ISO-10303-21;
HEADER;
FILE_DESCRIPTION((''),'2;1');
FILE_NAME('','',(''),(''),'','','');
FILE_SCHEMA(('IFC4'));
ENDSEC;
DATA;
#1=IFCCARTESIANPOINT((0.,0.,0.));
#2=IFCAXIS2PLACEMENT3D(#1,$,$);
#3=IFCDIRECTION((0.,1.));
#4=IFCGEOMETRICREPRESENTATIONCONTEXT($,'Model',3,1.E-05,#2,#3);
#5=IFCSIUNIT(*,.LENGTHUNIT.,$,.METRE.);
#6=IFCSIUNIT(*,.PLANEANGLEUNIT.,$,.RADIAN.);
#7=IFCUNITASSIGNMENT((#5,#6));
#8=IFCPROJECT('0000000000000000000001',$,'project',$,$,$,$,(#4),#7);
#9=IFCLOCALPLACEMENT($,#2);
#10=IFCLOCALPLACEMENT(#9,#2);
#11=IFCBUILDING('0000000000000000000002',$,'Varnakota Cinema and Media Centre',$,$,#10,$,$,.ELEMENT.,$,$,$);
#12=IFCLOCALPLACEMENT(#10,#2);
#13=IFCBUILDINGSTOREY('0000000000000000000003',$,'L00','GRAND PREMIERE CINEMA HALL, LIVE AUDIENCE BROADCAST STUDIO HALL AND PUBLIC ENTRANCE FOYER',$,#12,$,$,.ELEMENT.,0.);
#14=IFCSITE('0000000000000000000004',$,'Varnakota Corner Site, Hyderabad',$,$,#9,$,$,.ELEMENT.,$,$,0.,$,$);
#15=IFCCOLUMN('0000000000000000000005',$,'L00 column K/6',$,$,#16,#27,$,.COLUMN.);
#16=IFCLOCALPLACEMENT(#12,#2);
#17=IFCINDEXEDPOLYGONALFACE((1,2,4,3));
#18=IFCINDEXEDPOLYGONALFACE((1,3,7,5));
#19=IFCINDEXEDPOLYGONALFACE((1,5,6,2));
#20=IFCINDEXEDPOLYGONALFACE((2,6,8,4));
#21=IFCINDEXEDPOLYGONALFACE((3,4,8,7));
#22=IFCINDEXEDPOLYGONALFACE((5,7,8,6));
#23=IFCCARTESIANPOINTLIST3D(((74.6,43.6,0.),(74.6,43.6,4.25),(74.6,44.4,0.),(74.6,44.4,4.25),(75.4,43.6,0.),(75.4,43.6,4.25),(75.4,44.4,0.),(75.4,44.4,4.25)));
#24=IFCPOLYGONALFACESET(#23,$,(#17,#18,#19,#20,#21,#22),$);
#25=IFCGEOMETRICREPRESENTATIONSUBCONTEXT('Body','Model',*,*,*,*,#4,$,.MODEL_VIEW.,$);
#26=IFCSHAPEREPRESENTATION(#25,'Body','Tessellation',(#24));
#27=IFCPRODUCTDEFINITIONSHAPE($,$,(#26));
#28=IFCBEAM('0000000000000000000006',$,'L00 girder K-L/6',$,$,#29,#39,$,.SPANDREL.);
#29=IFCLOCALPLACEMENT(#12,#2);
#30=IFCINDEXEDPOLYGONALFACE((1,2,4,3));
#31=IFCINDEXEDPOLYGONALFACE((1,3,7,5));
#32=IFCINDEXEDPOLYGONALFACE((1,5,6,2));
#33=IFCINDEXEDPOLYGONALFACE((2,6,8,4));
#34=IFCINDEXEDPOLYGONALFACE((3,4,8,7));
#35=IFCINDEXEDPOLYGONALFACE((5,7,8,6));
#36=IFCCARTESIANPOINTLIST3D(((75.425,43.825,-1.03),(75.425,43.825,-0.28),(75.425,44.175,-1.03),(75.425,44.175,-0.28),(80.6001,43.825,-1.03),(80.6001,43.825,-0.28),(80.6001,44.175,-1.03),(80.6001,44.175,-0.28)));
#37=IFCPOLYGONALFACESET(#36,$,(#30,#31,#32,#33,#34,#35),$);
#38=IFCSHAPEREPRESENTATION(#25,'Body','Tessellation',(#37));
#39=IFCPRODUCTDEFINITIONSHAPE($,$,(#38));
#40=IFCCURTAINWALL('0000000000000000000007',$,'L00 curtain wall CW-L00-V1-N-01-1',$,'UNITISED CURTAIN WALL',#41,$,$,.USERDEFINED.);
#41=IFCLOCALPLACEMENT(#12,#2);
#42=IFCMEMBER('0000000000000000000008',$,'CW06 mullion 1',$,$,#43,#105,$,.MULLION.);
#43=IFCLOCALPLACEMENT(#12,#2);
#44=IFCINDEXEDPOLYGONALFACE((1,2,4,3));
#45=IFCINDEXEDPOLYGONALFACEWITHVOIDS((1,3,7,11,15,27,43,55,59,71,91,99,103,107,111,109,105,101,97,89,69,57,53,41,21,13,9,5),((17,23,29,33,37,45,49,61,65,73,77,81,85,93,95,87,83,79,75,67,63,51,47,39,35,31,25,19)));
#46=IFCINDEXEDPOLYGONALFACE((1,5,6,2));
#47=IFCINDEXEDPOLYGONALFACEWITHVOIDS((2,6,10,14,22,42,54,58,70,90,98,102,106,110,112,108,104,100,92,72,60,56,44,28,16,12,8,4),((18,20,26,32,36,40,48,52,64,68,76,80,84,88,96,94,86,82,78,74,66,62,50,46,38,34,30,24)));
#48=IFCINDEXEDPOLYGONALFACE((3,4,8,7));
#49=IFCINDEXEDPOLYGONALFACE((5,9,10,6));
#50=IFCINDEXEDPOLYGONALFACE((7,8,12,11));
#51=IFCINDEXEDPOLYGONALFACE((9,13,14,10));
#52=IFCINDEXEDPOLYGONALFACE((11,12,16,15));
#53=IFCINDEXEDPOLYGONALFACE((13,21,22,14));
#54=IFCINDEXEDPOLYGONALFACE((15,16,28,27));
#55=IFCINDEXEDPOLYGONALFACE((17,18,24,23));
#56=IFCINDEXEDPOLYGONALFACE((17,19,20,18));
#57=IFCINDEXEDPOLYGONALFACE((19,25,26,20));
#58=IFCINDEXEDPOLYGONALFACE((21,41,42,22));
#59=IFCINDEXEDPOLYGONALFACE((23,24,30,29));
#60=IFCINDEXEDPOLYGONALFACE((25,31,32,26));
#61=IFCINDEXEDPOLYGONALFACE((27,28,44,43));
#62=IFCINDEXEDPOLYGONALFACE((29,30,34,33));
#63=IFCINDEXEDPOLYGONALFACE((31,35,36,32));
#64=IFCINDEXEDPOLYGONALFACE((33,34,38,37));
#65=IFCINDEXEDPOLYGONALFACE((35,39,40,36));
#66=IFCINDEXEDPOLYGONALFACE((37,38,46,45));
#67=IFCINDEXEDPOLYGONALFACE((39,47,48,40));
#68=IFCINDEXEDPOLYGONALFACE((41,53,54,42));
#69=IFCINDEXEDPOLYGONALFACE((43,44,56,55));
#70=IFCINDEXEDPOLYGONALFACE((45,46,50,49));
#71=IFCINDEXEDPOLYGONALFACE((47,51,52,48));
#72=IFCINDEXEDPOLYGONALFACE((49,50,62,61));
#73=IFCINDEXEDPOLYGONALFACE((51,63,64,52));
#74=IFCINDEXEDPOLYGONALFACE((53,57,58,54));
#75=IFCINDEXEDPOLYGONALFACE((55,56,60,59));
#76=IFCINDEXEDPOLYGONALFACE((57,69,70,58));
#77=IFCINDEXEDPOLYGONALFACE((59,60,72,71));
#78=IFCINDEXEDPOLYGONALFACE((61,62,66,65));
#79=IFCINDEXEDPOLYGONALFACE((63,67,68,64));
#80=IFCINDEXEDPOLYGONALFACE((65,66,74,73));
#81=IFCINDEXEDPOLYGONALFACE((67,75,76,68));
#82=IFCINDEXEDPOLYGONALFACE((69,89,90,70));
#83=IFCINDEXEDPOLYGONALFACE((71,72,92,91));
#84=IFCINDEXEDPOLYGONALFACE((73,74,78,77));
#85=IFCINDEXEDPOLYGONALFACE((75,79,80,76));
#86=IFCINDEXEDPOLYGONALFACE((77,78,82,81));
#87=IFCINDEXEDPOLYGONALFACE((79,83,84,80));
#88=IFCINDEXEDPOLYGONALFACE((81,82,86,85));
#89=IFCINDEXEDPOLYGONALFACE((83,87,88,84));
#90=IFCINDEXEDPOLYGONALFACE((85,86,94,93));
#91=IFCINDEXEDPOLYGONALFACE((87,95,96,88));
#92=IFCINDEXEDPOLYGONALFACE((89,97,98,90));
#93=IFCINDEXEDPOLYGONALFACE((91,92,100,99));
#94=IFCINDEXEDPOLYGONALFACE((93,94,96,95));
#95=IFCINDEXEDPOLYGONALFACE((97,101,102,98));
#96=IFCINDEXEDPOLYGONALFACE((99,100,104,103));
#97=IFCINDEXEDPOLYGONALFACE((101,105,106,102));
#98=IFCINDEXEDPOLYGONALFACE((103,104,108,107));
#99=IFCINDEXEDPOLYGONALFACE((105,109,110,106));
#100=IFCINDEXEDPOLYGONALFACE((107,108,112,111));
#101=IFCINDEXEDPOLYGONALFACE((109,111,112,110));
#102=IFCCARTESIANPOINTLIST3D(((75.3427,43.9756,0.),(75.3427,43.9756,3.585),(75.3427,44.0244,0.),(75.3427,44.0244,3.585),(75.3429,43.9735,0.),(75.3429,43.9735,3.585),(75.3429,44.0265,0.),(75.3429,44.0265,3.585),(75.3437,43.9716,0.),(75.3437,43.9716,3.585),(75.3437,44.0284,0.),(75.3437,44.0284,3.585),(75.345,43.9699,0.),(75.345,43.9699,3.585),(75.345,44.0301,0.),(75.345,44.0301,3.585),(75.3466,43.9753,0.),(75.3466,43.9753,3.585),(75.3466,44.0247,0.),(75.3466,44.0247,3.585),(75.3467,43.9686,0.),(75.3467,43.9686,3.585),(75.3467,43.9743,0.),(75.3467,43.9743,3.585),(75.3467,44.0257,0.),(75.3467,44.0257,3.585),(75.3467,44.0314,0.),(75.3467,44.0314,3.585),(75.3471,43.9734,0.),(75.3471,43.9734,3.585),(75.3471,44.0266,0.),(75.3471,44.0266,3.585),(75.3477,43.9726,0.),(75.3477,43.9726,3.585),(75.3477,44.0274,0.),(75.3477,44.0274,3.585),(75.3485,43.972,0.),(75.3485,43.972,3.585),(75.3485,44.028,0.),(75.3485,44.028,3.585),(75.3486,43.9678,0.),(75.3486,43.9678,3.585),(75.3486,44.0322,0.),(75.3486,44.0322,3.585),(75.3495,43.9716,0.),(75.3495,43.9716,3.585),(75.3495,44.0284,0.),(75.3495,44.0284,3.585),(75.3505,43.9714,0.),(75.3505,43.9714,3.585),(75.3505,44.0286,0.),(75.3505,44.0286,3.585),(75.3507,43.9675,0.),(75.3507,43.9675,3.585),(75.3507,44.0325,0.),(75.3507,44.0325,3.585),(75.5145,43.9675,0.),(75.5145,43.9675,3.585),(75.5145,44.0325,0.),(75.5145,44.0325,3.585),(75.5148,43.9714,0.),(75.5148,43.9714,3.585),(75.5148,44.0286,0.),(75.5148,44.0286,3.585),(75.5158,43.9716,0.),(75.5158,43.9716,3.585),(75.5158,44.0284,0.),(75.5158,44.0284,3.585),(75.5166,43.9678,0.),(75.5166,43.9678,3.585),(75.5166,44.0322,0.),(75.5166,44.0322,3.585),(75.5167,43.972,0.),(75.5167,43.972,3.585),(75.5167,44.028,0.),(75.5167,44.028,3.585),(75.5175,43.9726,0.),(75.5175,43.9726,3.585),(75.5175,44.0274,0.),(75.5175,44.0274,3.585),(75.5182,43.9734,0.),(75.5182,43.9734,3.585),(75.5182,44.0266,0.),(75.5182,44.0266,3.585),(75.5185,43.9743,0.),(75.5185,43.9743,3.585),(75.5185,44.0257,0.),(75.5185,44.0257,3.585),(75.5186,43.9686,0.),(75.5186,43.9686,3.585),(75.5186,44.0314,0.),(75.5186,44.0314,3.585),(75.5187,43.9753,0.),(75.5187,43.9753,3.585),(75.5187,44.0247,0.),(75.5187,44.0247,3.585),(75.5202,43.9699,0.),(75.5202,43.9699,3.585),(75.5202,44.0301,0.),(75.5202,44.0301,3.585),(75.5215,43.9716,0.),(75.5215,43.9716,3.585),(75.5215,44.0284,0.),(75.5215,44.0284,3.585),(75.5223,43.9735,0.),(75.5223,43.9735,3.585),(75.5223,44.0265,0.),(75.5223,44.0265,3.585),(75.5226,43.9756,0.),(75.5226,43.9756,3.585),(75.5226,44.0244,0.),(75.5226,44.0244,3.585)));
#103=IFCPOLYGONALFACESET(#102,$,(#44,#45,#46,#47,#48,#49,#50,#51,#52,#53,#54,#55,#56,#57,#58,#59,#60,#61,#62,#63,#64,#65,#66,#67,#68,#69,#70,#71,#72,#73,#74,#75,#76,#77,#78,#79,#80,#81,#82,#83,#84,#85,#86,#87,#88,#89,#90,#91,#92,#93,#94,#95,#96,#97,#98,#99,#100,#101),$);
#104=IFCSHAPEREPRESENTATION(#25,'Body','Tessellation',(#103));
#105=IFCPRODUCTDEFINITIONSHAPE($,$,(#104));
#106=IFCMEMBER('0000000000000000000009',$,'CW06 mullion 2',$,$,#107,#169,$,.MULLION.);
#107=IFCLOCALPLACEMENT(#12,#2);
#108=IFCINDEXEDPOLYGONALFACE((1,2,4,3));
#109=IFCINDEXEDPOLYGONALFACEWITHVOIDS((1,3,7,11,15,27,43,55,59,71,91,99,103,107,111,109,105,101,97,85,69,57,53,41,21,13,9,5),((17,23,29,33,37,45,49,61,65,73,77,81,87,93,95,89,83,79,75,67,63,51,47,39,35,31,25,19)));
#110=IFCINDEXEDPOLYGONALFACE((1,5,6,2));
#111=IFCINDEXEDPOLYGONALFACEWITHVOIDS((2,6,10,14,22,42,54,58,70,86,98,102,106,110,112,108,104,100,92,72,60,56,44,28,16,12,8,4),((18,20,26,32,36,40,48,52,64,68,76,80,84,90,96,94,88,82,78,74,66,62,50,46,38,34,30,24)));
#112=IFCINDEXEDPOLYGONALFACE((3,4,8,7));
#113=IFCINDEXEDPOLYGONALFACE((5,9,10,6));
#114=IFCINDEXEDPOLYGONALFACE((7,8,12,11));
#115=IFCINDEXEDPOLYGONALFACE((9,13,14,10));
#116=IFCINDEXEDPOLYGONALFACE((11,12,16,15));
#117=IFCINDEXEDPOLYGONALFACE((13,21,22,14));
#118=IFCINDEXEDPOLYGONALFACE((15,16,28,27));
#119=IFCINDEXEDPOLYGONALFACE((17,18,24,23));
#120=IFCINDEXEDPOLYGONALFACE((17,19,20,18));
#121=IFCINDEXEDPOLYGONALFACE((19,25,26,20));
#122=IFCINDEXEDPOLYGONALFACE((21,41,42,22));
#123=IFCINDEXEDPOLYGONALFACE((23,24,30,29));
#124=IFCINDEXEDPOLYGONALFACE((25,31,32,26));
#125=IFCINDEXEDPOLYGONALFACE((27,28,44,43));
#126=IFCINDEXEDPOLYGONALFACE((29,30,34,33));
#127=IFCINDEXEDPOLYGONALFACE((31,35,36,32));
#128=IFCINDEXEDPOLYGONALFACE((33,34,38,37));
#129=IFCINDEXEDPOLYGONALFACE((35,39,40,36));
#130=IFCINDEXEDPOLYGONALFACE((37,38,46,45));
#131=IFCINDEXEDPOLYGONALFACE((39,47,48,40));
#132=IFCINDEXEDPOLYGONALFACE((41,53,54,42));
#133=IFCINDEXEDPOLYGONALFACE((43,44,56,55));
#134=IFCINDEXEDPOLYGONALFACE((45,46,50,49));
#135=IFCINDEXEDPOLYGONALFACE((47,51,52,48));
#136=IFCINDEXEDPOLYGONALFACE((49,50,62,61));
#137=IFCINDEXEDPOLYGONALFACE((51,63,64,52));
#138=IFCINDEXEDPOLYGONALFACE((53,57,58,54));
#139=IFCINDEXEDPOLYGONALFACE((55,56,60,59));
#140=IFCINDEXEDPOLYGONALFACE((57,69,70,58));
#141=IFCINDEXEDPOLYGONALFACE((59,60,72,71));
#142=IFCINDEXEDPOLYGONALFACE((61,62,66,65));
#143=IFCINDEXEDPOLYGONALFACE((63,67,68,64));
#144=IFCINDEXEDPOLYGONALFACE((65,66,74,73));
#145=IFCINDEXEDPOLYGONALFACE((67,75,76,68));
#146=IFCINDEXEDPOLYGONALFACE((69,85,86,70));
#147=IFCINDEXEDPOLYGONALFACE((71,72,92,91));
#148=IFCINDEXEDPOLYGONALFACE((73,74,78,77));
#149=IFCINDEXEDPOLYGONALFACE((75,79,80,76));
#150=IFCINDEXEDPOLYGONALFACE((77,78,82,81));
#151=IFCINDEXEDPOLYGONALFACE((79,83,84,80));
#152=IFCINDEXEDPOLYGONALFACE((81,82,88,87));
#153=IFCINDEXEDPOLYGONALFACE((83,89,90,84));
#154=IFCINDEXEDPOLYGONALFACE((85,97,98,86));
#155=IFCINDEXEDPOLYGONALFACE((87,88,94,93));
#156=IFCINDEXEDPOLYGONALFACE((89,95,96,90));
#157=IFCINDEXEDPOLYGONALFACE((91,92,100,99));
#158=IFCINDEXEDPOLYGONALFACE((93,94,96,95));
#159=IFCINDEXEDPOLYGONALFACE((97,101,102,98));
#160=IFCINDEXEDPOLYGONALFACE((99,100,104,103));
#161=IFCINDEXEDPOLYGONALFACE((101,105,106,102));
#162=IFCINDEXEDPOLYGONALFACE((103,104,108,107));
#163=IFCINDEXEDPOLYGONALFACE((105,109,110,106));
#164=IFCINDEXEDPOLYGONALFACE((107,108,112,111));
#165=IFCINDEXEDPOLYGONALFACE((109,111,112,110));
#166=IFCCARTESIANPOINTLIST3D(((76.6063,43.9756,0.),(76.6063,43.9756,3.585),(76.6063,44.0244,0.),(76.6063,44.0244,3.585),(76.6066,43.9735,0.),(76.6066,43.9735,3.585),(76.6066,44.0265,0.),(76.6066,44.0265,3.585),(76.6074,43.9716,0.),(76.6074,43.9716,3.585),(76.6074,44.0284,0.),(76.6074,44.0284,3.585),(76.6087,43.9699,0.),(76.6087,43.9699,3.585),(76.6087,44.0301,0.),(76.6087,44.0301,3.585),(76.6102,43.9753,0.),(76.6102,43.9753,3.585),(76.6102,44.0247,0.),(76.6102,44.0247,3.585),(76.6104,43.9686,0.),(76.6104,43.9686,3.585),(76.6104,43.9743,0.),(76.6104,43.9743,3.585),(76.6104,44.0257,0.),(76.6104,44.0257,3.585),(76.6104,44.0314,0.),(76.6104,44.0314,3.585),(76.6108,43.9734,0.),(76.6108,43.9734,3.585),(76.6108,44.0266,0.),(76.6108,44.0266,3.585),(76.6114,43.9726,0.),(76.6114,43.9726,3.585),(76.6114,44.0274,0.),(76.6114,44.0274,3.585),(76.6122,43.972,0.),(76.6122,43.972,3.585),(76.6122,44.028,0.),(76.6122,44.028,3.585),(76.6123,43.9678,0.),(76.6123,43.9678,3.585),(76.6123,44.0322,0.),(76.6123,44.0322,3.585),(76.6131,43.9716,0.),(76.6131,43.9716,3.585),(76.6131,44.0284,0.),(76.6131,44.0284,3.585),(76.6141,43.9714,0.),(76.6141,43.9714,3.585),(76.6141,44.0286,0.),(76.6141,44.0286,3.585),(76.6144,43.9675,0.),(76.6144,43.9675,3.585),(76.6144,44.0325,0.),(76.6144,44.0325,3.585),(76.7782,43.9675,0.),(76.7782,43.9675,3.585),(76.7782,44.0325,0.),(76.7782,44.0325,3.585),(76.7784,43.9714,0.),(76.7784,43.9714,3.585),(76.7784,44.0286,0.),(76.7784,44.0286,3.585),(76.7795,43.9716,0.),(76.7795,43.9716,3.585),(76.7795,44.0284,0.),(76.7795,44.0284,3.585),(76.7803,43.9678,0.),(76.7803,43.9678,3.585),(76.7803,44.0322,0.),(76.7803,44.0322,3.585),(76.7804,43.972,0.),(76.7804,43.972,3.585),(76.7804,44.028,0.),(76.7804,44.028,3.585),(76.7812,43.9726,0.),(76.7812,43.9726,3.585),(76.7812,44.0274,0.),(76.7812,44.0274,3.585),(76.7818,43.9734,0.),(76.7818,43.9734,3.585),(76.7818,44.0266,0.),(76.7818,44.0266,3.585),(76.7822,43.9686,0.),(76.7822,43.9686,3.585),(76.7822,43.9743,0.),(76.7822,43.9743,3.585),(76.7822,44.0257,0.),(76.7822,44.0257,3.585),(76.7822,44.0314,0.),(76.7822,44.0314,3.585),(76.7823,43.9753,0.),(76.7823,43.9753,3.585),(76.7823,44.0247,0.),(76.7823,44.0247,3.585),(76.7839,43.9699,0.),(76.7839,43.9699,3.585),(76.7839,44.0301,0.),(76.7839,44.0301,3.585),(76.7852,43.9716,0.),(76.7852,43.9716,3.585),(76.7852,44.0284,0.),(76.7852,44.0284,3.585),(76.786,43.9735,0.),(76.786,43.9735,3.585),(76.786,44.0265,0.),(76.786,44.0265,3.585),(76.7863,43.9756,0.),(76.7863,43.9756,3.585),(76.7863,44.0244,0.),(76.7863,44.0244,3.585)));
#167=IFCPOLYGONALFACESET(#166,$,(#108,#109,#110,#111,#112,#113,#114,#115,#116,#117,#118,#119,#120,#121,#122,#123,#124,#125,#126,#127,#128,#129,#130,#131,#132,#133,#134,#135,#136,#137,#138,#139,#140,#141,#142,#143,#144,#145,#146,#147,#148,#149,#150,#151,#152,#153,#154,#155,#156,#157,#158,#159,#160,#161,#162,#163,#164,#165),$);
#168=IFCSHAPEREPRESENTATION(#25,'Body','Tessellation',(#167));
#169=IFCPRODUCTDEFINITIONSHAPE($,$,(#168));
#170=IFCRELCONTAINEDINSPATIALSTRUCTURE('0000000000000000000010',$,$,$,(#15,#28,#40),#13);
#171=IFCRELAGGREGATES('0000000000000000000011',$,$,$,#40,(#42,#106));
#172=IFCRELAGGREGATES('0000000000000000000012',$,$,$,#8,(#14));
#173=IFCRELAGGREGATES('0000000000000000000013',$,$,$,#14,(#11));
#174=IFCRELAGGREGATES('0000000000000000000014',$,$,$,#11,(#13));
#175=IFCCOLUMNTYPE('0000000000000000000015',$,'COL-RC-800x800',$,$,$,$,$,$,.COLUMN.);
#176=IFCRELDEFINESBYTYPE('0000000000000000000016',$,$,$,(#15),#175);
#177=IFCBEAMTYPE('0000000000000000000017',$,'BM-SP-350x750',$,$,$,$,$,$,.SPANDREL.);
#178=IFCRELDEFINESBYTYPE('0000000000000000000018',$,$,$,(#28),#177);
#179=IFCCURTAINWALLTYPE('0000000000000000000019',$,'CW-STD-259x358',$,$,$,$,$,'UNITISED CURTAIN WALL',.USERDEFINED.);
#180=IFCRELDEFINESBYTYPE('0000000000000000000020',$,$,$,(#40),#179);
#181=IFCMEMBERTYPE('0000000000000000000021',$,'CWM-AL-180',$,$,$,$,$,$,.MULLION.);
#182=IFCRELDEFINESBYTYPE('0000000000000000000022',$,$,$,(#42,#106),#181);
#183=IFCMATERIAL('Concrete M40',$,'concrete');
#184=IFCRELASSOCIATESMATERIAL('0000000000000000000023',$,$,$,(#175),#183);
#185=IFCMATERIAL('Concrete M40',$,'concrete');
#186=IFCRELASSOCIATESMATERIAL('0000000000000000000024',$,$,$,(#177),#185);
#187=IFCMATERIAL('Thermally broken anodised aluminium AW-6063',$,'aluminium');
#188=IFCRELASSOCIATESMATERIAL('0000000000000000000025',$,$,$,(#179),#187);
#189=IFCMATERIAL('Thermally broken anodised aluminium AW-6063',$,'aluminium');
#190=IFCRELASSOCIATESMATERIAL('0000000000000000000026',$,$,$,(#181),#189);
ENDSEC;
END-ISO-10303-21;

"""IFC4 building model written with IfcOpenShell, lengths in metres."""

from ifc_helpers import new_model, si_unit, direction, frame, origin, origin_2d, place, context, subcontext, project, spatial, rectangle, hollow_rectangle, extrude, material, material_profile, profile_set, type_object, element, aggregate, save


model = new_model("IFC4")

# Units and contexts
model_context = context("Model", 3, precision=1e-05, world=origin(), true_north=direction((0.0, 1.0)))
body_context = subcontext(model_context, "Body", "Model", "MODEL_VIEW")
ifc_project = project(units=[si_unit("LENGTHUNIT", "METRE"), si_unit("PLANEANGLEUNIT", "RADIAN")], contexts=[model_context])

# Site, building, storey
site_placement = place(None, origin())
site = spatial("IfcSite", under=ifc_project, at=site_placement, Name="Varnakota Corner Site, Hyderabad", CompositionType="ELEMENT", RefElevation=0.0)
building_placement = place(site_placement, origin())
building = spatial("IfcBuilding", under=site, at=building_placement, Name="Varnakota Cinema and Media Centre", CompositionType="ELEMENT")
storey_placement = place(building_placement, origin())
storey = spatial("IfcBuildingStorey", under=building, at=storey_placement, Name="L00", Description="GRAND PREMIERE CINEMA HALL, LIVE AUDIENCE BROADCAST STUDIO HALL AND PUBLIC ENTRANCE FOYER", CompositionType="ELEMENT", Elevation=0.0)

# Column
ifc_material_1 = material(Name="Concrete M40", Category="concrete")
ifc_material_profile_1 = material_profile(ifc_material_1, rectangle(XDim=0.8, YDim=0.8, at=origin_2d()), Name="RC 800x800")
ifc_profile_set_1 = profile_set([ifc_material_profile_1], Name="Concrete M40")
column_type = type_object("IfcColumnType", Name="COL-RC-800x800", PredefinedType="COLUMN", material=ifc_profile_set_1)
column_placement = place(storey_placement, frame((75.0, 44.0, 0.0), z_axis=(0.0, 0.0, 1.0), x_axis=(1.0, 0.0, 0.0)))
element("IfcColumn", 1, at=column_placement, inside=storey, type_object=column_type, Name="L00 column K/6", PredefinedType="COLUMN", context=body_context, shape_type="SweptSolid", body=[
    extrude(rectangle(XDim=0.8, YDim=0.8, at=origin_2d()), origin(), (0.0, 0.0, 1.0), 4.25),
])

# Beam
ifc_material_2 = material(Name="Concrete M40", Category="concrete")
ifc_material_profile_2 = material_profile(ifc_material_2, rectangle(XDim=0.3501, YDim=0.75, at=origin_2d()), Name="RCB 350x750")
ifc_profile_set_2 = profile_set([ifc_material_profile_2], Name="Concrete M40")
beam_type = type_object("IfcBeamType", Name="BM-SP-350x750", PredefinedType="SPANDREL", material=ifc_profile_set_2)
beam_placement = place(storey_placement, frame((75.425, 44.0, -0.655), z_axis=(1.0, 0.0, 0.0), x_axis=(0.0, 1.0, 0.0)))
element("IfcBeam", 2, at=beam_placement, inside=storey, type_object=beam_type, Name="L00 girder K-L/6", PredefinedType="SPANDREL", context=body_context, shape_type="SweptSolid", body=[
    extrude(rectangle(XDim=0.3501, YDim=0.75, at=origin_2d()), origin(), (0.0, 0.0, 1.0), 5.175),
])

# Curtain wall, members
ifc_material_3 = material(Name="Thermally broken anodised aluminium AW-6063", Category="aluminium")
curtain_wall_type_1 = type_object("IfcCurtainWallType", Name="CW-STD-259x358", ElementType="UNITISED CURTAIN WALL", PredefinedType="USERDEFINED", material=ifc_material_3)
curtain_wall_1_placement = place(storey_placement, origin())
curtain_wall_1 = element("IfcCurtainWall", 3, at=curtain_wall_1_placement, inside=storey, type_object=curtain_wall_type_1, Name="L00 curtain wall CW-L00-V1-N-01-1", ObjectType="UNITISED CURTAIN WALL", PredefinedType="USERDEFINED")
ifc_material_4 = material(Name="Thermally broken anodised aluminium AW-6063", Category="aluminium")
ifc_material_profile_3 = material_profile(ifc_material_4, hollow_rectangle(XDim=0.0649, YDim=0.1799, WallThickness=0.0039, InnerFilletRadius=0.0039, OuterFilletRadius=0.0081, at=origin_2d()), Name="AL-MULLION 180x65x4")
ifc_profile_set_3 = profile_set([ifc_material_profile_3], Name="Thermally broken anodised aluminium AW-6063")
member_type_1 = type_object("IfcMemberType", Name="CWM-AL-180", PredefinedType="MULLION", material=ifc_profile_set_3)
member_1_placement = place(storey_placement, frame((75.4326, 44.0, 0.0), z_axis=(0.0, 0.0, 1.0), x_axis=(0.0, 1.0, 0.0)))
member_1 = element("IfcMember", 4, at=member_1_placement, type_object=member_type_1, Name="CW06 mullion 1", PredefinedType="MULLION", context=body_context, shape_type="SweptSolid", body=[
    extrude(hollow_rectangle(XDim=0.0649, YDim=0.1799, WallThickness=0.0039, InnerFilletRadius=0.0039, OuterFilletRadius=0.0081, at=origin_2d()), origin(), (0.0, 0.0, 1.0), 3.585),
])
member_2_placement = place(storey_placement, frame((76.6963, 44.0, 0.0), z_axis=(0.0, 0.0, 1.0), x_axis=(0.0, 1.0, 0.0)))
member_2 = element("IfcMember", 5, at=member_2_placement, type_object=member_type_1, Name="CW06 mullion 2", PredefinedType="MULLION", context=body_context, shape_type="SweptSolid", body=[
    extrude(hollow_rectangle(XDim=0.0649, YDim=0.1799, WallThickness=0.0039, InnerFilletRadius=0.0039, OuterFilletRadius=0.0081, at=origin_2d()), origin(), (0.0, 0.0, 1.0), 3.585),
])

aggregate(curtain_wall_1, [member_1, member_2])

save(model, "model.ifc")
